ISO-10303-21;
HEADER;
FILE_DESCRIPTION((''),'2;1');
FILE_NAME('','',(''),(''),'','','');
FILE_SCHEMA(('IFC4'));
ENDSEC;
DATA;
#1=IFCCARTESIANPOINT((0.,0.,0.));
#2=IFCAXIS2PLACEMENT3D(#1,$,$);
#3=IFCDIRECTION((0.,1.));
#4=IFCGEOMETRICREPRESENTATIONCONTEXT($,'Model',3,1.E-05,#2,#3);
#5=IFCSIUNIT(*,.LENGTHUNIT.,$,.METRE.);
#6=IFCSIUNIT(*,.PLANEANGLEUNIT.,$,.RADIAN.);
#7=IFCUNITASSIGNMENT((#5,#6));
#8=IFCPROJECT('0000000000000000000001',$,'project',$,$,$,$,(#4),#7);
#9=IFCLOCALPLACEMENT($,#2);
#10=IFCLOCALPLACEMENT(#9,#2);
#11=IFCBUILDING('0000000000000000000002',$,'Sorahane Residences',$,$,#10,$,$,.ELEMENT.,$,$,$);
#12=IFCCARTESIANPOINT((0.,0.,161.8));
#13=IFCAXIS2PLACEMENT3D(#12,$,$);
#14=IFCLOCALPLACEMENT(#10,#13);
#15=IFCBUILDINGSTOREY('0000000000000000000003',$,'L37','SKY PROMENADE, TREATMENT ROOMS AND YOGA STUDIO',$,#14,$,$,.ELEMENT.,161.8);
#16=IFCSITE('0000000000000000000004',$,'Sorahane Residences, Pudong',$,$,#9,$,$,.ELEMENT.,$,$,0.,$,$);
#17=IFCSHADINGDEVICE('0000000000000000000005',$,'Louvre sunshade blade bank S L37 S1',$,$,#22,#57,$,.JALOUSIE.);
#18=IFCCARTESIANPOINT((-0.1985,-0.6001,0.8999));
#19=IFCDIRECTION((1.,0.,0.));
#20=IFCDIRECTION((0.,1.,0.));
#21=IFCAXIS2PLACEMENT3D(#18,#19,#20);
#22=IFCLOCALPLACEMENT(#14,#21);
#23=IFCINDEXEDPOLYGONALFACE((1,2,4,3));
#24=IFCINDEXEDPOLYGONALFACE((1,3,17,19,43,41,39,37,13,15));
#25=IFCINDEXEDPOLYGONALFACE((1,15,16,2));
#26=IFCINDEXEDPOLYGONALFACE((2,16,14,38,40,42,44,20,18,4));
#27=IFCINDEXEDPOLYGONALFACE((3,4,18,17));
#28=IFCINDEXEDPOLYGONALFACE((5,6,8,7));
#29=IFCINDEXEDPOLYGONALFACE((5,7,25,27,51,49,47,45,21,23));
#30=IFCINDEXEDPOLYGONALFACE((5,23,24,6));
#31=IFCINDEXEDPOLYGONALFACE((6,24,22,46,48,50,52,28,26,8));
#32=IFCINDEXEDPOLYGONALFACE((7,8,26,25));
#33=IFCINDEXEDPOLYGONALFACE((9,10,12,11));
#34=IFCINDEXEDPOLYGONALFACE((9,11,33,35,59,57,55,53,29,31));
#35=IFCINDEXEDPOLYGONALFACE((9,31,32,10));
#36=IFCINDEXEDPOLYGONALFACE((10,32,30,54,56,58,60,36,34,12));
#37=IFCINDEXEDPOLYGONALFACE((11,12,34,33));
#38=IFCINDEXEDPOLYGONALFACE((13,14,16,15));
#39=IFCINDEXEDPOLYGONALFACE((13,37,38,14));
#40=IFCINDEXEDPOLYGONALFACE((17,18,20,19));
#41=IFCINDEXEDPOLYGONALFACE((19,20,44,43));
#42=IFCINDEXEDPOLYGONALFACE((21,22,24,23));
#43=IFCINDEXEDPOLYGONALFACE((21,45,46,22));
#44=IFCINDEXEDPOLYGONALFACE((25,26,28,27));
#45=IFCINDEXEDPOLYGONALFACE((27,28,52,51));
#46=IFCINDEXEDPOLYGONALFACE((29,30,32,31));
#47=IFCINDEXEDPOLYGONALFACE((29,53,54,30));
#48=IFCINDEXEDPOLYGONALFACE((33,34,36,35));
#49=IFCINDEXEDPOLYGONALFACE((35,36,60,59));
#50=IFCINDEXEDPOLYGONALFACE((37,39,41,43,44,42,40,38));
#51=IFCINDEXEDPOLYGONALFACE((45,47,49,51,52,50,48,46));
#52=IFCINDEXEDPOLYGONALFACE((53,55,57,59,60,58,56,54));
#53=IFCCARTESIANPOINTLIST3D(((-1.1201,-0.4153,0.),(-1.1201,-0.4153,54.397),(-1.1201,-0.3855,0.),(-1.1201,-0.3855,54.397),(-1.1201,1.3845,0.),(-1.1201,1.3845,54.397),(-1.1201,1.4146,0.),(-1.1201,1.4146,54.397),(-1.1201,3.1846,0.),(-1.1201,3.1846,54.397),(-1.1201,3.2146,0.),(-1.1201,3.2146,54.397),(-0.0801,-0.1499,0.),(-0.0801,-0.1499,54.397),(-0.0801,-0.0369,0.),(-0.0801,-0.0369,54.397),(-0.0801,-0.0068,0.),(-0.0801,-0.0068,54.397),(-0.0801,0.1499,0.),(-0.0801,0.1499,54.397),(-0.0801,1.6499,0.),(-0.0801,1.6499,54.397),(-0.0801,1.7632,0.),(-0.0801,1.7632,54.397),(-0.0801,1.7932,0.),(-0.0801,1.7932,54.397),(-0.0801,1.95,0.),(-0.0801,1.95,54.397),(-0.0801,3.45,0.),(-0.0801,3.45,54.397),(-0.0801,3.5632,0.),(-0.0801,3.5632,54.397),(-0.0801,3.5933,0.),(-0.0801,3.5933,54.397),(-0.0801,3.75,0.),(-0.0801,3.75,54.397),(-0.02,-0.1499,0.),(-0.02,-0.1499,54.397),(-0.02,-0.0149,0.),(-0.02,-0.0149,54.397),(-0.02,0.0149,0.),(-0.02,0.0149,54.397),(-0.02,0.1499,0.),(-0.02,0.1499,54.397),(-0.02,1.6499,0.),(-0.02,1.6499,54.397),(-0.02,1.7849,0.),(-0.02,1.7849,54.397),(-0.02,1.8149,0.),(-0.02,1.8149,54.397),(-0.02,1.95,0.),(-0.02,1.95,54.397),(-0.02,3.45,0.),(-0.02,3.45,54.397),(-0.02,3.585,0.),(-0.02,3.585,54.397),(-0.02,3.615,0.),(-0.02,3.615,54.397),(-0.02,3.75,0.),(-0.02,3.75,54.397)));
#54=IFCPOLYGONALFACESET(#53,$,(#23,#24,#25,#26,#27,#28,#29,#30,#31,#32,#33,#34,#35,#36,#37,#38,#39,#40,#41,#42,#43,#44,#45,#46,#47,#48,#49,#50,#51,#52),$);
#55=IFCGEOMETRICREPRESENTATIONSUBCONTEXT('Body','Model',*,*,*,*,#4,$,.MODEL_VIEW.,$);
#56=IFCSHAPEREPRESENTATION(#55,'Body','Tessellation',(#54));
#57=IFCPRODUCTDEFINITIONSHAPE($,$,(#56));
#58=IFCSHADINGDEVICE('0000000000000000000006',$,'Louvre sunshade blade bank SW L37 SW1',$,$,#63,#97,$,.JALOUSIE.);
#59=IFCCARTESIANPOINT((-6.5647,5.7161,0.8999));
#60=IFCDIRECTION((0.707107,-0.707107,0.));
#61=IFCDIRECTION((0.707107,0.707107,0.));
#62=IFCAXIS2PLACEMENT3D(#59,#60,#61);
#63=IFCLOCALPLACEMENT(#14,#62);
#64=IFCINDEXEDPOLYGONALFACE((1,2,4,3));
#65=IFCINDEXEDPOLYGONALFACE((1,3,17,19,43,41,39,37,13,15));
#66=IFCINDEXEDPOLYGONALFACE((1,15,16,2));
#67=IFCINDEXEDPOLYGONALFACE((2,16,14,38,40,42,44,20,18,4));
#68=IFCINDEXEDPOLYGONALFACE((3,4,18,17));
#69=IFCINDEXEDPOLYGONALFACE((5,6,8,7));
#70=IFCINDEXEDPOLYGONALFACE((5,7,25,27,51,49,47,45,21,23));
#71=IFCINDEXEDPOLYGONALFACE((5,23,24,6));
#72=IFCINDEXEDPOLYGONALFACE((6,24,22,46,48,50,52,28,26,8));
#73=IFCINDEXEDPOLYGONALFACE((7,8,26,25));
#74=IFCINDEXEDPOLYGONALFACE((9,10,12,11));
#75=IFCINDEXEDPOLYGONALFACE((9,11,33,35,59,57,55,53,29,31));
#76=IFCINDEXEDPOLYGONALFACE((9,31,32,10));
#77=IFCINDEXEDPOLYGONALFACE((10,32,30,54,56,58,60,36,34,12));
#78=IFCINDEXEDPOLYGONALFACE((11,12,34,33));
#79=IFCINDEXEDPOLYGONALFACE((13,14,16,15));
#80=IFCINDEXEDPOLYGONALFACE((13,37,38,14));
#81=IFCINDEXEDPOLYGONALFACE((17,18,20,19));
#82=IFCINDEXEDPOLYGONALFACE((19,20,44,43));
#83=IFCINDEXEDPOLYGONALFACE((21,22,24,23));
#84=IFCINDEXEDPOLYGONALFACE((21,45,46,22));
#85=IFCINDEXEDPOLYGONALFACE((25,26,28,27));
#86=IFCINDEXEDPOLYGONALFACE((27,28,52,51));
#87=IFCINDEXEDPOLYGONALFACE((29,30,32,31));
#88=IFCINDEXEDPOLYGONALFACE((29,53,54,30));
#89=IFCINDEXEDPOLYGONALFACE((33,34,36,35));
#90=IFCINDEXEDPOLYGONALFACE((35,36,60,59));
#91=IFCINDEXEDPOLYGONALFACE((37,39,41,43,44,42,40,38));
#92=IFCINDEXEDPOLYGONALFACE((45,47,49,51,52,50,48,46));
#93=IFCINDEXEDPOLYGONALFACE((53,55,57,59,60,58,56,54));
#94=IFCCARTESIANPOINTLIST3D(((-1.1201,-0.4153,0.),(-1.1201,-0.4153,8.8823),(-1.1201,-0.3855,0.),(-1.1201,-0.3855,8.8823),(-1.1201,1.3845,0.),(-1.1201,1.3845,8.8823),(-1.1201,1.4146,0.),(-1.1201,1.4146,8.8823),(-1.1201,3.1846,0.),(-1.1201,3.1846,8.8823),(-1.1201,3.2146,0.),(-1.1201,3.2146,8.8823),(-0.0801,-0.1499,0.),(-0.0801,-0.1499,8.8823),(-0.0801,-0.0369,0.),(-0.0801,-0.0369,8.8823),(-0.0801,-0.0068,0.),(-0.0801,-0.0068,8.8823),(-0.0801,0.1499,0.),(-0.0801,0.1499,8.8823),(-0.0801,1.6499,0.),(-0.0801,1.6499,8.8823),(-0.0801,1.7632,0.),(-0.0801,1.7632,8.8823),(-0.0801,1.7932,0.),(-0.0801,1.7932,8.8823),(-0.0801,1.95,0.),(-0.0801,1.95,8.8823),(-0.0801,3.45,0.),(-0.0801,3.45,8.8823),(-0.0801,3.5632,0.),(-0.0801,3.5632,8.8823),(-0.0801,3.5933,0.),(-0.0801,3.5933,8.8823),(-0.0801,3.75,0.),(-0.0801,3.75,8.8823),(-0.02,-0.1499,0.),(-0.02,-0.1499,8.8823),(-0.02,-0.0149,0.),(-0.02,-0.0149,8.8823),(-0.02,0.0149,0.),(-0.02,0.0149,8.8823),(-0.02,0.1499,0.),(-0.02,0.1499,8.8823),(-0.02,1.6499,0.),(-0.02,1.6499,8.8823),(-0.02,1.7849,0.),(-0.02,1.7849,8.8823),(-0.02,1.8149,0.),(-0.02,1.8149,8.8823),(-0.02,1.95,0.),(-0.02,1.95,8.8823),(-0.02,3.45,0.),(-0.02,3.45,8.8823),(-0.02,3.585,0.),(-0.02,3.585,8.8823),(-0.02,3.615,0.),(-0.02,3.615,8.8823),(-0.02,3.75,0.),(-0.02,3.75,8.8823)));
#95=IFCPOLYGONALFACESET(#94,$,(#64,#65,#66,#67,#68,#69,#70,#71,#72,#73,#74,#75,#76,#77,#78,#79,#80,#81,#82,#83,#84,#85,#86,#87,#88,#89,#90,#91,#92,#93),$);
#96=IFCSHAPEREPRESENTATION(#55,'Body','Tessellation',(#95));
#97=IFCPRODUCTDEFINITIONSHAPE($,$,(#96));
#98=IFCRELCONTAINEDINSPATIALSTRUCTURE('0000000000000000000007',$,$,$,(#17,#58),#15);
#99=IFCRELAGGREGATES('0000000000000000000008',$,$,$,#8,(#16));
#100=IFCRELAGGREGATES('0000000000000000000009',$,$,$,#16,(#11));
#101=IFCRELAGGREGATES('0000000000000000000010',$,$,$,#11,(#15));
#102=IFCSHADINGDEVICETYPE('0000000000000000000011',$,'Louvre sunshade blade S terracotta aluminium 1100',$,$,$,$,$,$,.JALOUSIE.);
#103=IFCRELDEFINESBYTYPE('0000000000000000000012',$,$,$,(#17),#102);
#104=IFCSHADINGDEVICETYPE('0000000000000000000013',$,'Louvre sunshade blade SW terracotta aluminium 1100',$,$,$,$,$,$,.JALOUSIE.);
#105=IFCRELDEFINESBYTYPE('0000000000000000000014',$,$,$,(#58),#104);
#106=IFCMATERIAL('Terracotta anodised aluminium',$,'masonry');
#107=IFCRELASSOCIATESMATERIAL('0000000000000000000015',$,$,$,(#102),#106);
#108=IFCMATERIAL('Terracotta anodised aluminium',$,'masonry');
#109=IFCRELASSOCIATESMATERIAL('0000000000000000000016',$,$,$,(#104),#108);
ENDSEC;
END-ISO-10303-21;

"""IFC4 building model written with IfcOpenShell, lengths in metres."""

from ifc_helpers import new_model, si_unit, direction, frame, origin, place, context, subcontext, project, spatial, polyline, outline, composite_profile, extrude, material, type_object, element, save


model = new_model("IFC4")

# Units and contexts
model_context = context("Model", 3, precision=1e-05, world=origin(), true_north=direction((0.0, 1.0)))
body_context = subcontext(model_context, "Body", "Model", "MODEL_VIEW")
ifc_project = project(units=[si_unit("LENGTHUNIT", "METRE"), si_unit("PLANEANGLEUNIT", "RADIAN")], contexts=[model_context])

# Site, building, storey
site_placement = place(None, origin())
site = spatial("IfcSite", under=ifc_project, at=site_placement, Name="Sorahane Residences, Pudong", CompositionType="ELEMENT", RefElevation=0.0)
building_placement = place(site_placement, origin())
building = spatial("IfcBuilding", under=site, at=building_placement, Name="Sorahane Residences", CompositionType="ELEMENT")
storey_placement = place(building_placement, frame((0.0, 0.0, 161.8)))
storey = spatial("IfcBuildingStorey", under=building, at=storey_placement, Name="L37", Description="SKY PROMENADE, TREATMENT ROOMS AND YOGA STUDIO", CompositionType="ELEMENT", Elevation=161.8)

# Shading devices
ifc_material_1 = material(Name="Terracotta anodised aluminium", Category="masonry")
shading_device_type_1 = type_object("IfcShadingDeviceType", Name="Louvre sunshade blade S terracotta aluminium 1100", PredefinedType="JALOUSIE", material=ifc_material_1)
shading_device_1_placement = place(storey_placement, frame((-0.1985, -0.6001, 0.8999), z_axis=(1.0, 0.0, 0.0), x_axis=(0.0, 1.0, 0.0)))
element("IfcShadingDevice", 1, at=shading_device_1_placement, inside=storey, type_object=shading_device_type_1, Name="Louvre sunshade blade bank S L37 S1", PredefinedType="JALOUSIE", context=body_context, shape_type="SweptSolid", body=[
    extrude(composite_profile([outline(polyline([(-1.1201, -0.3855), (-1.1201, -0.4153), (-0.0801, -0.0369), (-0.0801, -0.1499), (-0.02, -0.1499), (-0.02, -0.0149), (-0.02, 0.0149), (-0.02, 0.1499), (-0.0801, 0.1499), (-0.0801, -0.0068), (-1.1201, -0.3855)])), outline(polyline([(-1.1201, 1.4146), (-1.1201, 1.3845), (-0.0801, 1.7632), (-0.0801, 1.6499), (-0.02, 1.6499), (-0.02, 1.7849), (-0.02, 1.8149), (-0.02, 1.95), (-0.0801, 1.95), (-0.0801, 1.7932), (-1.1201, 1.4146)])), outline(polyline([(-1.1201, 3.2146), (-1.1201, 3.1846), (-0.0801, 3.5632), (-0.0801, 3.45), (-0.02, 3.45), (-0.02, 3.585), (-0.02, 3.615), (-0.02, 3.75), (-0.0801, 3.75), (-0.0801, 3.5933), (-1.1201, 3.2146)]))]), origin(), (0.0, 0.0, 1.0), 54.397),
])
ifc_material_2 = material(Name="Terracotta anodised aluminium", Category="masonry")
shading_device_type_2 = type_object("IfcShadingDeviceType", Name="Louvre sunshade blade SW terracotta aluminium 1100", PredefinedType="JALOUSIE", material=ifc_material_2)
shading_device_2_placement = place(storey_placement, frame((-6.5647, 5.7161, 0.8999), z_axis=(0.707107, -0.707107, 0.0), x_axis=(0.707107, 0.707107, 0.0)))
element("IfcShadingDevice", 2, at=shading_device_2_placement, inside=storey, type_object=shading_device_type_2, Name="Louvre sunshade blade bank SW L37 SW1", PredefinedType="JALOUSIE", context=body_context, shape_type="SweptSolid", body=[
    extrude(composite_profile([outline(polyline([(-1.1201, -0.3855), (-1.1201, -0.4153), (-0.0801, -0.0369), (-0.0801, -0.1499), (-0.02, -0.1499), (-0.02, -0.0149), (-0.02, 0.0149), (-0.02, 0.1499), (-0.0801, 0.1499), (-0.0801, -0.0068), (-1.1201, -0.3855)])), outline(polyline([(-1.1201, 1.4146), (-1.1201, 1.3845), (-0.0801, 1.7632), (-0.0801, 1.6499), (-0.02, 1.6499), (-0.02, 1.7849), (-0.02, 1.8149), (-0.02, 1.95), (-0.0801, 1.95), (-0.0801, 1.7932), (-1.1201, 1.4146)])), outline(polyline([(-1.1201, 3.2146), (-1.1201, 3.1846), (-0.0801, 3.5632), (-0.0801, 3.45), (-0.02, 3.45), (-0.02, 3.585), (-0.02, 3.615), (-0.02, 3.75), (-0.0801, 3.75), (-0.0801, 3.5933), (-1.1201, 3.2146)]))]), origin(), (0.0, 0.0, 1.0), 8.8823),
])

save(model, "model.ifc")
